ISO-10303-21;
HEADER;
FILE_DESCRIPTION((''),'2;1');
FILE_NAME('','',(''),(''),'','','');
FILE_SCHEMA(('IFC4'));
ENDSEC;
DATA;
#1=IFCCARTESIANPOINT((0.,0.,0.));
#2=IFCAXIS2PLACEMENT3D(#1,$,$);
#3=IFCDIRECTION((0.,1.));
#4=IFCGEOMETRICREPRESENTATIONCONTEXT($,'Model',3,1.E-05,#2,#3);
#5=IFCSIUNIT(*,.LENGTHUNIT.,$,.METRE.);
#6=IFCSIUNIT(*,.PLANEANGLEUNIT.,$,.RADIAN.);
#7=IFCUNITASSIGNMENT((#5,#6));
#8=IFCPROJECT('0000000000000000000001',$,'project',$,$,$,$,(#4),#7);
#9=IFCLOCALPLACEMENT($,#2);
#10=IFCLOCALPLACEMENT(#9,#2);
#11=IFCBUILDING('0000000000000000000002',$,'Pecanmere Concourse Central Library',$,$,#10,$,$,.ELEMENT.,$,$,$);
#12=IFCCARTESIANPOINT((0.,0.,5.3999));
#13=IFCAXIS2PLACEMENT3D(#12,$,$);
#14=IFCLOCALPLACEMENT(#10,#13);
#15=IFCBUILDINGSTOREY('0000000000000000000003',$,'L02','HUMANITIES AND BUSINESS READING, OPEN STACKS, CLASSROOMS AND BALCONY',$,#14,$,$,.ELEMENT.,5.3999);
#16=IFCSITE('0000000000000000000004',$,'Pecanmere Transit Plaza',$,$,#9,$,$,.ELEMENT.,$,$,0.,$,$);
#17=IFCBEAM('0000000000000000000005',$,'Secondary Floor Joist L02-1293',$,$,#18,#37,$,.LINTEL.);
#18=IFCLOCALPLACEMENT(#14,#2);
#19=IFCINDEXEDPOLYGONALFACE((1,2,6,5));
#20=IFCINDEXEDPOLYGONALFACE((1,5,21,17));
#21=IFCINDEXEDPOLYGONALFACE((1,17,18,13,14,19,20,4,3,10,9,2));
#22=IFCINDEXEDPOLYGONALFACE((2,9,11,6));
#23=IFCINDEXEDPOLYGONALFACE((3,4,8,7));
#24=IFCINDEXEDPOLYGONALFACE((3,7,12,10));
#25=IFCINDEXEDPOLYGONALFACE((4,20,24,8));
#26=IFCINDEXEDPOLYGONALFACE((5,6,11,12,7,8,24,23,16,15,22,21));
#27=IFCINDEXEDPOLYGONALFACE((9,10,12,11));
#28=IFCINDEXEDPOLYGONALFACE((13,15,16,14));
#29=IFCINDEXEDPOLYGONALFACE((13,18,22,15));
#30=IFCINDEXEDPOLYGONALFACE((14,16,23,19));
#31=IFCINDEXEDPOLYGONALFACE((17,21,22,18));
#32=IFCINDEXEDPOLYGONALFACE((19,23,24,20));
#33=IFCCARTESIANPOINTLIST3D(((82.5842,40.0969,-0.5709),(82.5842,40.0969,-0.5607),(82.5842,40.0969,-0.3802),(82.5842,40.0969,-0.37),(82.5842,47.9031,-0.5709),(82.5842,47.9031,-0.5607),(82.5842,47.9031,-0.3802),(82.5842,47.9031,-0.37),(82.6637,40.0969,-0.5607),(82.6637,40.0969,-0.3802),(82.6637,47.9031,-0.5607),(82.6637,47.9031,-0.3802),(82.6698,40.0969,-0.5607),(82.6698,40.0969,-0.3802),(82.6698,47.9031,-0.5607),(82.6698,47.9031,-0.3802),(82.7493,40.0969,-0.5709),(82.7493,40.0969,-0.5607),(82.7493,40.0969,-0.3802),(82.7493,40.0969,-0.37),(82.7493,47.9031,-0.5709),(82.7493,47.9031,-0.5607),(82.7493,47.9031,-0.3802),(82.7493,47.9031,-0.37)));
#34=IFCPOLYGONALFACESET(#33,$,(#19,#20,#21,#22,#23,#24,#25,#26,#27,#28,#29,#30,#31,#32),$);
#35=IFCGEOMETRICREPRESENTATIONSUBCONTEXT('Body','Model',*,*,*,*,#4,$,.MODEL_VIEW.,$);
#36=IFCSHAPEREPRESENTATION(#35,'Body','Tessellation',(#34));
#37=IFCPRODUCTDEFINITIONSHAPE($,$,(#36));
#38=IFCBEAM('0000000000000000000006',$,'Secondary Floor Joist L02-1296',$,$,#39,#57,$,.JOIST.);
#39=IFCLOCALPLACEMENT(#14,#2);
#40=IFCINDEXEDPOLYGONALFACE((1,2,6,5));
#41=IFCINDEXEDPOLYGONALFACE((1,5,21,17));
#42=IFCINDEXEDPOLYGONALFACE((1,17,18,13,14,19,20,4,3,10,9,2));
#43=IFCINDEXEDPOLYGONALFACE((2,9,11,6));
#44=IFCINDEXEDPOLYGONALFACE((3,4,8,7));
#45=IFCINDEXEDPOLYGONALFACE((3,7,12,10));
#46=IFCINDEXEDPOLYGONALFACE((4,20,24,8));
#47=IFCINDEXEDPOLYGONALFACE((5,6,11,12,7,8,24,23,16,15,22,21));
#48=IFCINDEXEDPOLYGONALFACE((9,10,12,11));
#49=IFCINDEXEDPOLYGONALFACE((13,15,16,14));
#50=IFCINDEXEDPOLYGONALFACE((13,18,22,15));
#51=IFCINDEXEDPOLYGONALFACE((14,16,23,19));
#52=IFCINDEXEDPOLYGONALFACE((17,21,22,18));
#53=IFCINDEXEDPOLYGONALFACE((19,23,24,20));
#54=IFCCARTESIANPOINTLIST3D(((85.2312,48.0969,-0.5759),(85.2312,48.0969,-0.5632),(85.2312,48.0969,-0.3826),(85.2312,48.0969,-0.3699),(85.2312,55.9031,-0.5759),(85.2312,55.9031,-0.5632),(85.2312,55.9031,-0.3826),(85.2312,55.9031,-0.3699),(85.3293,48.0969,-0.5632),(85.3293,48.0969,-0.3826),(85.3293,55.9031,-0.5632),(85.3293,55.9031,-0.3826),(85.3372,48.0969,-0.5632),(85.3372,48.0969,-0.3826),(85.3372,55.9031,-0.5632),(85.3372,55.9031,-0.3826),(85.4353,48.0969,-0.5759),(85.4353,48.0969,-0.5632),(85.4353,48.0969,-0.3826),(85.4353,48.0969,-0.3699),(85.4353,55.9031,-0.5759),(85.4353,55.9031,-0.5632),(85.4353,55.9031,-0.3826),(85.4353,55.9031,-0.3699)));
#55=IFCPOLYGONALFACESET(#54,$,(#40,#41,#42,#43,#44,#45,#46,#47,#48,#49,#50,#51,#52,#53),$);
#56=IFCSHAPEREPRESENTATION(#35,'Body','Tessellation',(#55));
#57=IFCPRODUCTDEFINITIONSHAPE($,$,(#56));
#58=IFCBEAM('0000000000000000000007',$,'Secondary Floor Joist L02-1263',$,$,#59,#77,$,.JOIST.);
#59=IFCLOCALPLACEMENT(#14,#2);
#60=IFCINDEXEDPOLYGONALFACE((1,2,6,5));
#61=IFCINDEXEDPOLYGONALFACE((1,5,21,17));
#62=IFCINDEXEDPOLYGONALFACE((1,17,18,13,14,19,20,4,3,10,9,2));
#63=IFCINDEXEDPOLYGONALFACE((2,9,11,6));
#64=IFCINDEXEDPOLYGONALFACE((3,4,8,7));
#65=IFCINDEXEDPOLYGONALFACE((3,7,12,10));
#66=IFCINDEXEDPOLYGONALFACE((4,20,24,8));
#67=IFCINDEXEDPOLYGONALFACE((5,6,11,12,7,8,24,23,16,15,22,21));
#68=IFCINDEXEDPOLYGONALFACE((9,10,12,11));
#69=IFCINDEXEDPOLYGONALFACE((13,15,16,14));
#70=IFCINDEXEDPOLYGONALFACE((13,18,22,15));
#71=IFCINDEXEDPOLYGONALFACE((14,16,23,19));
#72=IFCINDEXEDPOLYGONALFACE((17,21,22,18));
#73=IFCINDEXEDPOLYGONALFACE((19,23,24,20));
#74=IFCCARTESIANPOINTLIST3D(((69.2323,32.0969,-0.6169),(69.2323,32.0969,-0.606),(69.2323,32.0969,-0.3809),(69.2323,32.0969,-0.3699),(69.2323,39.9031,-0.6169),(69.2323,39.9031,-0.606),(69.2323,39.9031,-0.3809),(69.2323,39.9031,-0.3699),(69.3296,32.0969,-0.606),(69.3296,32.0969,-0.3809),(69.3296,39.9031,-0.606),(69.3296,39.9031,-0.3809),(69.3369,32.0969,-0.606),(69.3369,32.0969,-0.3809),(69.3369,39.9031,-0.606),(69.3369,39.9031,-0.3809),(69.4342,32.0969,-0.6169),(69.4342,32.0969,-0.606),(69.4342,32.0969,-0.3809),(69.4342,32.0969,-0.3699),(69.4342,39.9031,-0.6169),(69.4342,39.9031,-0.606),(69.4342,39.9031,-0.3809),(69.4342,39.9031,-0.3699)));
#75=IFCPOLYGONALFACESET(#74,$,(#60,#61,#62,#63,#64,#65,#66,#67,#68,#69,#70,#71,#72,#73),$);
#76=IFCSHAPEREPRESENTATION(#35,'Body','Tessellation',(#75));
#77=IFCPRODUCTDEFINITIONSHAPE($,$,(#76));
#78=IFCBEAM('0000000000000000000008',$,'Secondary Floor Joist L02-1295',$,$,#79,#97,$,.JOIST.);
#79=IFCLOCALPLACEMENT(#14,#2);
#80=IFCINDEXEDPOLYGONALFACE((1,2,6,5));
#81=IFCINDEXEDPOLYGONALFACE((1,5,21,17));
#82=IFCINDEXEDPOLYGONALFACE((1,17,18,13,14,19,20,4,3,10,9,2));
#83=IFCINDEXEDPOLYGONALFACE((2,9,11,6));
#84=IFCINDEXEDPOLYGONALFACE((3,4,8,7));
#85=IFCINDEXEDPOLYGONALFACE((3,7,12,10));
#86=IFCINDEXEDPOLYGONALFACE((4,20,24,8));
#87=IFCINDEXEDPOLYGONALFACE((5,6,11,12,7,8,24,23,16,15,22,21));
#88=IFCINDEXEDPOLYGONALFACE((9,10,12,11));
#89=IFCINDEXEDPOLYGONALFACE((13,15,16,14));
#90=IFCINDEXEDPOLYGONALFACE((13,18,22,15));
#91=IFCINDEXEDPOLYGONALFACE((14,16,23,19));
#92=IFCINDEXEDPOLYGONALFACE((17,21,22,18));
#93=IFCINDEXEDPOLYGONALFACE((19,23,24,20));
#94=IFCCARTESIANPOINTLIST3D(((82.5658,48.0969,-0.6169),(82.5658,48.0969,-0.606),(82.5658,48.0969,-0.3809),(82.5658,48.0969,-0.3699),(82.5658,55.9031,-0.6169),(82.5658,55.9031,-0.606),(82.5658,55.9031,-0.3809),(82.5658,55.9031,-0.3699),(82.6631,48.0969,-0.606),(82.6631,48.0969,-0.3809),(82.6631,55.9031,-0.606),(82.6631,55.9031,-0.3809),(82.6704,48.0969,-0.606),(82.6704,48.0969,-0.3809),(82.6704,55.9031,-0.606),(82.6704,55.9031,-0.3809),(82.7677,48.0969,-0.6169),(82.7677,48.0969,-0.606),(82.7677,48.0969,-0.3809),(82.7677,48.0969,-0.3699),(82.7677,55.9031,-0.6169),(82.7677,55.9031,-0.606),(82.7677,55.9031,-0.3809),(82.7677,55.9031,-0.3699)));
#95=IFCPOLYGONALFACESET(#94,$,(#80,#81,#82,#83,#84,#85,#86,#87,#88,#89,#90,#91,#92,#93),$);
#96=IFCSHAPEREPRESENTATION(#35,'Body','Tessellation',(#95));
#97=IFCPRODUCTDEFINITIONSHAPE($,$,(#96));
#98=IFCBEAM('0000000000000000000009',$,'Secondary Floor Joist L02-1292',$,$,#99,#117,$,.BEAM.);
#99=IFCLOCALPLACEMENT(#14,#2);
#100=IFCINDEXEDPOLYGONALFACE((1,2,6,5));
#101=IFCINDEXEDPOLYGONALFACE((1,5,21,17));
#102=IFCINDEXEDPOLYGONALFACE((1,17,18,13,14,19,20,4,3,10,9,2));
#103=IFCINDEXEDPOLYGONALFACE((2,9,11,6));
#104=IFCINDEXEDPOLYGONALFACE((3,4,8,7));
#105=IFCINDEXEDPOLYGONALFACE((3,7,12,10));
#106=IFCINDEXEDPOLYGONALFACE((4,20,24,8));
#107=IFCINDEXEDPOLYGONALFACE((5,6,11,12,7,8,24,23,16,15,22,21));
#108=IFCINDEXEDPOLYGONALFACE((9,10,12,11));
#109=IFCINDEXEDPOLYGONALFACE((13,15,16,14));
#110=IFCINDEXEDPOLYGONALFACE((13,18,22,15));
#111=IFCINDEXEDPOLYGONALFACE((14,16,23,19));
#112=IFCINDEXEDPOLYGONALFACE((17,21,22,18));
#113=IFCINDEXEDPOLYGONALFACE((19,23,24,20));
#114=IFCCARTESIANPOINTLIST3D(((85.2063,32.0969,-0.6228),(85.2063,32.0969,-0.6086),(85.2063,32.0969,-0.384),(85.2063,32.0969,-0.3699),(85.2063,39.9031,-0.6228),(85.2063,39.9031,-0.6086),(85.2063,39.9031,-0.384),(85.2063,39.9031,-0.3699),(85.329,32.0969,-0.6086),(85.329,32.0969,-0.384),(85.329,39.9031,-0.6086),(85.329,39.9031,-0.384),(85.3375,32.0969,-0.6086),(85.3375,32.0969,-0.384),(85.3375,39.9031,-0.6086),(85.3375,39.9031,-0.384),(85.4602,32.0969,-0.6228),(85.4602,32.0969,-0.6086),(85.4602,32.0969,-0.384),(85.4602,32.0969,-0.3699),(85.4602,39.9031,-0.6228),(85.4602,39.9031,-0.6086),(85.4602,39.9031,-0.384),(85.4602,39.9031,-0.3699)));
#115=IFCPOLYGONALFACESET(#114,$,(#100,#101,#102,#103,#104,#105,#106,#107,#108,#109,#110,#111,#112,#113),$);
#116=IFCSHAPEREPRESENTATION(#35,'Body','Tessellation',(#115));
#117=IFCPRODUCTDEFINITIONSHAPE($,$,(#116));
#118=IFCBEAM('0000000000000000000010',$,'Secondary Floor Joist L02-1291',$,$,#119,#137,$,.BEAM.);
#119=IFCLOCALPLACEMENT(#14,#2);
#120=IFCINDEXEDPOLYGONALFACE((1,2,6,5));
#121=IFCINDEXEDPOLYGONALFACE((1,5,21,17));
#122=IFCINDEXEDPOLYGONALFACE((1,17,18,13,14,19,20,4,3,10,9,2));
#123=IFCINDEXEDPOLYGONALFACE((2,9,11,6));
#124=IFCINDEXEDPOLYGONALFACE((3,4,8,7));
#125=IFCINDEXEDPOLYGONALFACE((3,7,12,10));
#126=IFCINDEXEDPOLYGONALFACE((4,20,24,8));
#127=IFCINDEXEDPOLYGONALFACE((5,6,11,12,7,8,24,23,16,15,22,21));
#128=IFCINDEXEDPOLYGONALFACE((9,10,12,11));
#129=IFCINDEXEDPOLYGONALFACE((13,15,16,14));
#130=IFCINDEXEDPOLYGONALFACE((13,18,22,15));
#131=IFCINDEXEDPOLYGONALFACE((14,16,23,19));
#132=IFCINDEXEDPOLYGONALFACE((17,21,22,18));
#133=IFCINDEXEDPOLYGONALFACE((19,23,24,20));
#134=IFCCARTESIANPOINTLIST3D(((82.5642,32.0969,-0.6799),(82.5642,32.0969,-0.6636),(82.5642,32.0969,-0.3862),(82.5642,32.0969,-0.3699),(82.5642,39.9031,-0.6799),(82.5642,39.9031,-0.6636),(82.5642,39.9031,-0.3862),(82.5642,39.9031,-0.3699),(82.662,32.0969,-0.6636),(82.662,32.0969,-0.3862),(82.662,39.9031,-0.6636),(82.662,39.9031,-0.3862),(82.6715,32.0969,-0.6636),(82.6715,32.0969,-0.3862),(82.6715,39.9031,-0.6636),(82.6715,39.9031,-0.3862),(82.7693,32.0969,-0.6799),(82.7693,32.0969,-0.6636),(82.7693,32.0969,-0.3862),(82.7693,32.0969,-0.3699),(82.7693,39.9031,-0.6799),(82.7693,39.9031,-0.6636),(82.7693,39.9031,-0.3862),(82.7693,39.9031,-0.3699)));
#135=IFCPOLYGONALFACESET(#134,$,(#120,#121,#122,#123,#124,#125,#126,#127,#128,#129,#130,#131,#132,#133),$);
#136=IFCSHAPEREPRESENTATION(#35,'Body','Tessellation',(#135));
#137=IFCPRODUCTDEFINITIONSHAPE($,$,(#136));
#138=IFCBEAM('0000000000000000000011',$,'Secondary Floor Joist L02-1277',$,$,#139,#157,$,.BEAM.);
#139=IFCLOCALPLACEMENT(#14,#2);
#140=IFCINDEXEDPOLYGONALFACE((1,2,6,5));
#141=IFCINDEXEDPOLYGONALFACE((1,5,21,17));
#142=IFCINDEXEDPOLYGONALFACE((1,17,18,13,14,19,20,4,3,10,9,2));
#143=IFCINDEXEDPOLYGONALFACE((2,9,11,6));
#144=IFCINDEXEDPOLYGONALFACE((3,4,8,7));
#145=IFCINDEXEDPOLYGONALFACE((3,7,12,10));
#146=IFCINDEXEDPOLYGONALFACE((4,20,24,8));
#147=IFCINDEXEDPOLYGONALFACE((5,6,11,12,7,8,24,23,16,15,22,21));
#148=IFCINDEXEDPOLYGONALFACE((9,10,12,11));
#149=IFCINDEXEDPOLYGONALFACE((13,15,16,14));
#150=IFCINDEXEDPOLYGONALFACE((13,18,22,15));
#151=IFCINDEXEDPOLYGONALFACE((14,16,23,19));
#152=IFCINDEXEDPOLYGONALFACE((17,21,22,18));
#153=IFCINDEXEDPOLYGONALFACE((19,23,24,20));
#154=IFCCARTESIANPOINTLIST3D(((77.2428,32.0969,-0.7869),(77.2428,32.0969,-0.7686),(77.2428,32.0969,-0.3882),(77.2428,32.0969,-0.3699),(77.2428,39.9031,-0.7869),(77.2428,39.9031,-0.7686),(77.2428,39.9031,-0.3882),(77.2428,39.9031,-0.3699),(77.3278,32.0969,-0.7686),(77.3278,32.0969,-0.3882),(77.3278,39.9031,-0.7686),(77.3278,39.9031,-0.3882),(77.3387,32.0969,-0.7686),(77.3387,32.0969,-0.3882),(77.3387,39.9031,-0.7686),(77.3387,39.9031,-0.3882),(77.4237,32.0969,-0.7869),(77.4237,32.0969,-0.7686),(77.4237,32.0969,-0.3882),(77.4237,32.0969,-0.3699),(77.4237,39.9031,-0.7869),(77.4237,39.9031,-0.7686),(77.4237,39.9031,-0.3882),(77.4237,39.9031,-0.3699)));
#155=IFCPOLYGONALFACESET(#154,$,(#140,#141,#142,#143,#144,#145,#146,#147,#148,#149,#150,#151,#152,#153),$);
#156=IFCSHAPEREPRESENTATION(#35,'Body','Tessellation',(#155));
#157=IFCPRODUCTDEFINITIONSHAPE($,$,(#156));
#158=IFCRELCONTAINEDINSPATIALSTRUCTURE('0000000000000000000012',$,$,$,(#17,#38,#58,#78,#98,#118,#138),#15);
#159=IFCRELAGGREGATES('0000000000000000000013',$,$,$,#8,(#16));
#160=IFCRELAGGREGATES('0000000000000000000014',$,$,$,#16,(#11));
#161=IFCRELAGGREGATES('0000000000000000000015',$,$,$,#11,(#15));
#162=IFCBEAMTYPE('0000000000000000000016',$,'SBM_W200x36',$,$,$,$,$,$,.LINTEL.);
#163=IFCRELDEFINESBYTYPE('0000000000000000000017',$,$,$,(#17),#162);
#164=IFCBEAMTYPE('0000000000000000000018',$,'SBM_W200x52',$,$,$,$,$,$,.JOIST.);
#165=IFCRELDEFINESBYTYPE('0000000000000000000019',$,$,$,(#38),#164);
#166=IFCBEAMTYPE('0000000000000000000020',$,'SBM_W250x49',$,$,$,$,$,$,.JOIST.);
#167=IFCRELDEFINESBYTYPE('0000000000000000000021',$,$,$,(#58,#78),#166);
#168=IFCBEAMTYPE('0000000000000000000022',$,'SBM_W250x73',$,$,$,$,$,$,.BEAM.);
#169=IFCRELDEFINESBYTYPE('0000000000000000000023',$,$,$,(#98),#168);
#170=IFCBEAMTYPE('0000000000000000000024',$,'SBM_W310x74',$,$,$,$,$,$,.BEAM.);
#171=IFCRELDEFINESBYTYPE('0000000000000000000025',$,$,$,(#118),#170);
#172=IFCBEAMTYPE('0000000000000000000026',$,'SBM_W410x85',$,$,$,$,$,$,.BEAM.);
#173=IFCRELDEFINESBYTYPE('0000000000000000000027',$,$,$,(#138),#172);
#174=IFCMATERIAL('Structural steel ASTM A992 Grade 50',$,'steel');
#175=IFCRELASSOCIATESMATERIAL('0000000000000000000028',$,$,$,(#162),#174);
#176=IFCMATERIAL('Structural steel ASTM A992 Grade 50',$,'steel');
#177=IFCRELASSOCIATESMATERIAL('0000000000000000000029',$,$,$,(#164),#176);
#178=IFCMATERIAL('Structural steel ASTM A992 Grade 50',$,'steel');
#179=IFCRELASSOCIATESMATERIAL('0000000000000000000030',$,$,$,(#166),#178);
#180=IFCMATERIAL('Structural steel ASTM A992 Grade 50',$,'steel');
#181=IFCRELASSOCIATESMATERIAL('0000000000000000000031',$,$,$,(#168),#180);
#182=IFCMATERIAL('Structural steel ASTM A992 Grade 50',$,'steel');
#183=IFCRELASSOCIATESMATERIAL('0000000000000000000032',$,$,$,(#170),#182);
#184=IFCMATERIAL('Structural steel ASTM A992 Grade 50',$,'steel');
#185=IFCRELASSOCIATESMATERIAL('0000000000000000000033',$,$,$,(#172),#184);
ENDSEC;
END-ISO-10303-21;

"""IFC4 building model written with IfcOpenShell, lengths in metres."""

from ifc_helpers import new_model, si_unit, direction, frame, origin, origin_2d, place, context, subcontext, project, spatial, i_section, extrude, material, material_profile, profile_set, type_object, element, save


model = new_model("IFC4")

# Units and contexts
model_context = context("Model", 3, precision=1e-05, world=origin(), true_north=direction((0.0, 1.0)))
body_context = subcontext(model_context, "Body", "Model", "MODEL_VIEW")
ifc_project = project(units=[si_unit("LENGTHUNIT", "METRE"), si_unit("PLANEANGLEUNIT", "RADIAN")], contexts=[model_context])

# Site, building, storey
site_placement = place(None, origin())
site = spatial("IfcSite", under=ifc_project, at=site_placement, Name="Pecanmere Transit Plaza", CompositionType="ELEMENT", RefElevation=0.0)
building_placement = place(site_placement, origin())
building = spatial("IfcBuilding", under=site, at=building_placement, Name="Pecanmere Concourse Central Library", CompositionType="ELEMENT")
storey_placement = place(building_placement, frame((0.0, 0.0, 5.3999)))
storey = spatial("IfcBuildingStorey", under=building, at=storey_placement, Name="L02", Description="HUMANITIES AND BUSINESS READING, OPEN STACKS, CLASSROOMS AND BALCONY", CompositionType="ELEMENT", Elevation=5.3999)

# Beams
ifc_material_1 = material(Name="Structural steel ASTM A992 Grade 50", Category="steel")
ifc_material_profile_1 = material_profile(ifc_material_1, i_section(OverallWidth=0.165, OverallDepth=0.2009, WebThickness=0.0061, FlangeThickness=0.0103, at=origin_2d()), Name="W200x35.9")
ifc_profile_set_1 = profile_set([ifc_material_profile_1], Name="Structural steel ASTM A992 Grade 50")
beam_type_1 = type_object("IfcBeamType", Name="SBM_W200x36", PredefinedType="LINTEL", material=ifc_profile_set_1)
beam_1_placement = place(storey_placement, frame((82.6667, 40.0969, -0.4705), z_axis=(0.0, 1.0, 0.0), x_axis=(-1.0, 0.0, 0.0)))
element("IfcBeam", 1, at=beam_1_placement, inside=storey, type_object=beam_type_1, Name="Secondary Floor Joist L02-1293", PredefinedType="LINTEL", context=body_context, shape_type="SweptSolid", body=[
    extrude(i_section(OverallWidth=0.165, OverallDepth=0.2009, WebThickness=0.0061, FlangeThickness=0.0103, at=origin_2d()), origin(), (0.0, 0.0, 1.0), 7.8062),
])
ifc_material_2 = material(Name="Structural steel ASTM A992 Grade 50", Category="steel")
ifc_material_profile_2 = material_profile(ifc_material_2, i_section(OverallWidth=0.2041, OverallDepth=0.2061, WebThickness=0.0078, FlangeThickness=0.0127, at=origin_2d()), Name="W200x52")
ifc_profile_set_2 = profile_set([ifc_material_profile_2], Name="Structural steel ASTM A992 Grade 50")
beam_type_2 = type_object("IfcBeamType", Name="SBM_W200x52", PredefinedType="JOIST", material=ifc_profile_set_2)
beam_2_placement = place(storey_placement, frame((85.3333, 48.0969, -0.4729), z_axis=(0.0, 1.0, 0.0), x_axis=(-1.0, 0.0, 0.0)))
element("IfcBeam", 2, at=beam_2_placement, inside=storey, type_object=beam_type_2, Name="Secondary Floor Joist L02-1296", PredefinedType="JOIST", context=body_context, shape_type="SweptSolid", body=[
    extrude(i_section(OverallWidth=0.2041, OverallDepth=0.2061, WebThickness=0.0078, FlangeThickness=0.0127, at=origin_2d()), origin(), (0.0, 0.0, 1.0), 7.8062),
])
ifc_material_3 = material(Name="Structural steel ASTM A992 Grade 50", Category="steel")
ifc_material_profile_3 = material_profile(ifc_material_3, i_section(OverallWidth=0.2019, OverallDepth=0.2471, WebThickness=0.0073, FlangeThickness=0.011, at=origin_2d()), Name="W250x49.1")
ifc_profile_set_3 = profile_set([ifc_material_profile_3], Name="Structural steel ASTM A992 Grade 50")
beam_type_3 = type_object("IfcBeamType", Name="SBM_W250x49", PredefinedType="JOIST", material=ifc_profile_set_3)
for number, where, z_axis, x_axis, name in (
    (3, (69.3333, 32.0969, -0.4934), (0.0, 1.0, 0.0), (-1.0, 0.0, 0.0), "Secondary Floor Joist L02-1263"),
    (4, (82.6667, 48.0969, -0.4934), (0.0, 1.0, 0.0), (-1.0, 0.0, 0.0), "Secondary Floor Joist L02-1295"),
):
    element("IfcBeam", number, at=place(storey_placement, frame(where, z_axis=z_axis, x_axis=x_axis)), inside=storey, type_object=beam_type_3, Name=name, PredefinedType="JOIST", context=body_context, shape_type="SweptSolid", body=[
        extrude(i_section(OverallWidth=0.2019, OverallDepth=0.2471, WebThickness=0.0073, FlangeThickness=0.011, at=origin_2d()), origin(), (0.0, 0.0, 1.0), 7.8062),
    ])
ifc_material_4 = material(Name="Structural steel ASTM A992 Grade 50", Category="steel")
ifc_material_profile_4 = material_profile(ifc_material_4, i_section(OverallWidth=0.2539, OverallDepth=0.2529, WebThickness=0.0085, FlangeThickness=0.0142, at=origin_2d()), Name="W250x73")
ifc_profile_set_4 = profile_set([ifc_material_profile_4], Name="Structural steel ASTM A992 Grade 50")
beam_type_4 = type_object("IfcBeamType", Name="SBM_W250x73", PredefinedType="BEAM", material=ifc_profile_set_4)
beam_3_placement = place(storey_placement, frame((85.3333, 32.0969, -0.4963), z_axis=(0.0, 1.0, 0.0), x_axis=(-1.0, 0.0, 0.0)))
element("IfcBeam", 5, at=beam_3_placement, inside=storey, type_object=beam_type_4, Name="Secondary Floor Joist L02-1292", PredefinedType="BEAM", context=body_context, shape_type="SweptSolid", body=[
    extrude(i_section(OverallWidth=0.2539, OverallDepth=0.2529, WebThickness=0.0085, FlangeThickness=0.0142, at=origin_2d()), origin(), (0.0, 0.0, 1.0), 7.8062),
])
ifc_material_5 = material(Name="Structural steel ASTM A992 Grade 50", Category="steel")
ifc_material_profile_5 = material_profile(ifc_material_5, i_section(OverallWidth=0.2051, OverallDepth=0.3101, WebThickness=0.0095, FlangeThickness=0.0164, at=origin_2d()), Name="W310x74")
ifc_profile_set_5 = profile_set([ifc_material_profile_5], Name="Structural steel ASTM A992 Grade 50")
beam_type_5 = type_object("IfcBeamType", Name="SBM_W310x74", PredefinedType="BEAM", material=ifc_profile_set_5)
beam_4_placement = place(storey_placement, frame((82.6667, 32.0969, -0.5249), z_axis=(0.0, 1.0, 0.0), x_axis=(-1.0, 0.0, 0.0)))
element("IfcBeam", 6, at=beam_4_placement, inside=storey, type_object=beam_type_5, Name="Secondary Floor Joist L02-1291", PredefinedType="BEAM", context=body_context, shape_type="SweptSolid", body=[
    extrude(i_section(OverallWidth=0.2051, OverallDepth=0.3101, WebThickness=0.0095, FlangeThickness=0.0164, at=origin_2d()), origin(), (0.0, 0.0, 1.0), 7.8062),
])
ifc_material_6 = material(Name="Structural steel ASTM A992 Grade 50", Category="steel")
ifc_material_profile_6 = material_profile(ifc_material_6, i_section(OverallWidth=0.1809, OverallDepth=0.417, WebThickness=0.011, FlangeThickness=0.0183, at=origin_2d()), Name="W410x85")
ifc_profile_set_6 = profile_set([ifc_material_profile_6], Name="Structural steel ASTM A992 Grade 50")
beam_type_6 = type_object("IfcBeamType", Name="SBM_W410x85", PredefinedType="BEAM", material=ifc_profile_set_6)
beam_5_placement = place(storey_placement, frame((77.3333, 32.0969, -0.5784), z_axis=(0.0, 1.0, 0.0), x_axis=(-1.0, 0.0, 0.0)))
element("IfcBeam", 7, at=beam_5_placement, inside=storey, type_object=beam_type_6, Name="Secondary Floor Joist L02-1277", PredefinedType="BEAM", context=body_context, shape_type="SweptSolid", body=[
    extrude(i_section(OverallWidth=0.1809, OverallDepth=0.417, WebThickness=0.011, FlangeThickness=0.0183, at=origin_2d()), origin(), (0.0, 0.0, 1.0), 7.8062),
])

save(model, "model.ifc")
